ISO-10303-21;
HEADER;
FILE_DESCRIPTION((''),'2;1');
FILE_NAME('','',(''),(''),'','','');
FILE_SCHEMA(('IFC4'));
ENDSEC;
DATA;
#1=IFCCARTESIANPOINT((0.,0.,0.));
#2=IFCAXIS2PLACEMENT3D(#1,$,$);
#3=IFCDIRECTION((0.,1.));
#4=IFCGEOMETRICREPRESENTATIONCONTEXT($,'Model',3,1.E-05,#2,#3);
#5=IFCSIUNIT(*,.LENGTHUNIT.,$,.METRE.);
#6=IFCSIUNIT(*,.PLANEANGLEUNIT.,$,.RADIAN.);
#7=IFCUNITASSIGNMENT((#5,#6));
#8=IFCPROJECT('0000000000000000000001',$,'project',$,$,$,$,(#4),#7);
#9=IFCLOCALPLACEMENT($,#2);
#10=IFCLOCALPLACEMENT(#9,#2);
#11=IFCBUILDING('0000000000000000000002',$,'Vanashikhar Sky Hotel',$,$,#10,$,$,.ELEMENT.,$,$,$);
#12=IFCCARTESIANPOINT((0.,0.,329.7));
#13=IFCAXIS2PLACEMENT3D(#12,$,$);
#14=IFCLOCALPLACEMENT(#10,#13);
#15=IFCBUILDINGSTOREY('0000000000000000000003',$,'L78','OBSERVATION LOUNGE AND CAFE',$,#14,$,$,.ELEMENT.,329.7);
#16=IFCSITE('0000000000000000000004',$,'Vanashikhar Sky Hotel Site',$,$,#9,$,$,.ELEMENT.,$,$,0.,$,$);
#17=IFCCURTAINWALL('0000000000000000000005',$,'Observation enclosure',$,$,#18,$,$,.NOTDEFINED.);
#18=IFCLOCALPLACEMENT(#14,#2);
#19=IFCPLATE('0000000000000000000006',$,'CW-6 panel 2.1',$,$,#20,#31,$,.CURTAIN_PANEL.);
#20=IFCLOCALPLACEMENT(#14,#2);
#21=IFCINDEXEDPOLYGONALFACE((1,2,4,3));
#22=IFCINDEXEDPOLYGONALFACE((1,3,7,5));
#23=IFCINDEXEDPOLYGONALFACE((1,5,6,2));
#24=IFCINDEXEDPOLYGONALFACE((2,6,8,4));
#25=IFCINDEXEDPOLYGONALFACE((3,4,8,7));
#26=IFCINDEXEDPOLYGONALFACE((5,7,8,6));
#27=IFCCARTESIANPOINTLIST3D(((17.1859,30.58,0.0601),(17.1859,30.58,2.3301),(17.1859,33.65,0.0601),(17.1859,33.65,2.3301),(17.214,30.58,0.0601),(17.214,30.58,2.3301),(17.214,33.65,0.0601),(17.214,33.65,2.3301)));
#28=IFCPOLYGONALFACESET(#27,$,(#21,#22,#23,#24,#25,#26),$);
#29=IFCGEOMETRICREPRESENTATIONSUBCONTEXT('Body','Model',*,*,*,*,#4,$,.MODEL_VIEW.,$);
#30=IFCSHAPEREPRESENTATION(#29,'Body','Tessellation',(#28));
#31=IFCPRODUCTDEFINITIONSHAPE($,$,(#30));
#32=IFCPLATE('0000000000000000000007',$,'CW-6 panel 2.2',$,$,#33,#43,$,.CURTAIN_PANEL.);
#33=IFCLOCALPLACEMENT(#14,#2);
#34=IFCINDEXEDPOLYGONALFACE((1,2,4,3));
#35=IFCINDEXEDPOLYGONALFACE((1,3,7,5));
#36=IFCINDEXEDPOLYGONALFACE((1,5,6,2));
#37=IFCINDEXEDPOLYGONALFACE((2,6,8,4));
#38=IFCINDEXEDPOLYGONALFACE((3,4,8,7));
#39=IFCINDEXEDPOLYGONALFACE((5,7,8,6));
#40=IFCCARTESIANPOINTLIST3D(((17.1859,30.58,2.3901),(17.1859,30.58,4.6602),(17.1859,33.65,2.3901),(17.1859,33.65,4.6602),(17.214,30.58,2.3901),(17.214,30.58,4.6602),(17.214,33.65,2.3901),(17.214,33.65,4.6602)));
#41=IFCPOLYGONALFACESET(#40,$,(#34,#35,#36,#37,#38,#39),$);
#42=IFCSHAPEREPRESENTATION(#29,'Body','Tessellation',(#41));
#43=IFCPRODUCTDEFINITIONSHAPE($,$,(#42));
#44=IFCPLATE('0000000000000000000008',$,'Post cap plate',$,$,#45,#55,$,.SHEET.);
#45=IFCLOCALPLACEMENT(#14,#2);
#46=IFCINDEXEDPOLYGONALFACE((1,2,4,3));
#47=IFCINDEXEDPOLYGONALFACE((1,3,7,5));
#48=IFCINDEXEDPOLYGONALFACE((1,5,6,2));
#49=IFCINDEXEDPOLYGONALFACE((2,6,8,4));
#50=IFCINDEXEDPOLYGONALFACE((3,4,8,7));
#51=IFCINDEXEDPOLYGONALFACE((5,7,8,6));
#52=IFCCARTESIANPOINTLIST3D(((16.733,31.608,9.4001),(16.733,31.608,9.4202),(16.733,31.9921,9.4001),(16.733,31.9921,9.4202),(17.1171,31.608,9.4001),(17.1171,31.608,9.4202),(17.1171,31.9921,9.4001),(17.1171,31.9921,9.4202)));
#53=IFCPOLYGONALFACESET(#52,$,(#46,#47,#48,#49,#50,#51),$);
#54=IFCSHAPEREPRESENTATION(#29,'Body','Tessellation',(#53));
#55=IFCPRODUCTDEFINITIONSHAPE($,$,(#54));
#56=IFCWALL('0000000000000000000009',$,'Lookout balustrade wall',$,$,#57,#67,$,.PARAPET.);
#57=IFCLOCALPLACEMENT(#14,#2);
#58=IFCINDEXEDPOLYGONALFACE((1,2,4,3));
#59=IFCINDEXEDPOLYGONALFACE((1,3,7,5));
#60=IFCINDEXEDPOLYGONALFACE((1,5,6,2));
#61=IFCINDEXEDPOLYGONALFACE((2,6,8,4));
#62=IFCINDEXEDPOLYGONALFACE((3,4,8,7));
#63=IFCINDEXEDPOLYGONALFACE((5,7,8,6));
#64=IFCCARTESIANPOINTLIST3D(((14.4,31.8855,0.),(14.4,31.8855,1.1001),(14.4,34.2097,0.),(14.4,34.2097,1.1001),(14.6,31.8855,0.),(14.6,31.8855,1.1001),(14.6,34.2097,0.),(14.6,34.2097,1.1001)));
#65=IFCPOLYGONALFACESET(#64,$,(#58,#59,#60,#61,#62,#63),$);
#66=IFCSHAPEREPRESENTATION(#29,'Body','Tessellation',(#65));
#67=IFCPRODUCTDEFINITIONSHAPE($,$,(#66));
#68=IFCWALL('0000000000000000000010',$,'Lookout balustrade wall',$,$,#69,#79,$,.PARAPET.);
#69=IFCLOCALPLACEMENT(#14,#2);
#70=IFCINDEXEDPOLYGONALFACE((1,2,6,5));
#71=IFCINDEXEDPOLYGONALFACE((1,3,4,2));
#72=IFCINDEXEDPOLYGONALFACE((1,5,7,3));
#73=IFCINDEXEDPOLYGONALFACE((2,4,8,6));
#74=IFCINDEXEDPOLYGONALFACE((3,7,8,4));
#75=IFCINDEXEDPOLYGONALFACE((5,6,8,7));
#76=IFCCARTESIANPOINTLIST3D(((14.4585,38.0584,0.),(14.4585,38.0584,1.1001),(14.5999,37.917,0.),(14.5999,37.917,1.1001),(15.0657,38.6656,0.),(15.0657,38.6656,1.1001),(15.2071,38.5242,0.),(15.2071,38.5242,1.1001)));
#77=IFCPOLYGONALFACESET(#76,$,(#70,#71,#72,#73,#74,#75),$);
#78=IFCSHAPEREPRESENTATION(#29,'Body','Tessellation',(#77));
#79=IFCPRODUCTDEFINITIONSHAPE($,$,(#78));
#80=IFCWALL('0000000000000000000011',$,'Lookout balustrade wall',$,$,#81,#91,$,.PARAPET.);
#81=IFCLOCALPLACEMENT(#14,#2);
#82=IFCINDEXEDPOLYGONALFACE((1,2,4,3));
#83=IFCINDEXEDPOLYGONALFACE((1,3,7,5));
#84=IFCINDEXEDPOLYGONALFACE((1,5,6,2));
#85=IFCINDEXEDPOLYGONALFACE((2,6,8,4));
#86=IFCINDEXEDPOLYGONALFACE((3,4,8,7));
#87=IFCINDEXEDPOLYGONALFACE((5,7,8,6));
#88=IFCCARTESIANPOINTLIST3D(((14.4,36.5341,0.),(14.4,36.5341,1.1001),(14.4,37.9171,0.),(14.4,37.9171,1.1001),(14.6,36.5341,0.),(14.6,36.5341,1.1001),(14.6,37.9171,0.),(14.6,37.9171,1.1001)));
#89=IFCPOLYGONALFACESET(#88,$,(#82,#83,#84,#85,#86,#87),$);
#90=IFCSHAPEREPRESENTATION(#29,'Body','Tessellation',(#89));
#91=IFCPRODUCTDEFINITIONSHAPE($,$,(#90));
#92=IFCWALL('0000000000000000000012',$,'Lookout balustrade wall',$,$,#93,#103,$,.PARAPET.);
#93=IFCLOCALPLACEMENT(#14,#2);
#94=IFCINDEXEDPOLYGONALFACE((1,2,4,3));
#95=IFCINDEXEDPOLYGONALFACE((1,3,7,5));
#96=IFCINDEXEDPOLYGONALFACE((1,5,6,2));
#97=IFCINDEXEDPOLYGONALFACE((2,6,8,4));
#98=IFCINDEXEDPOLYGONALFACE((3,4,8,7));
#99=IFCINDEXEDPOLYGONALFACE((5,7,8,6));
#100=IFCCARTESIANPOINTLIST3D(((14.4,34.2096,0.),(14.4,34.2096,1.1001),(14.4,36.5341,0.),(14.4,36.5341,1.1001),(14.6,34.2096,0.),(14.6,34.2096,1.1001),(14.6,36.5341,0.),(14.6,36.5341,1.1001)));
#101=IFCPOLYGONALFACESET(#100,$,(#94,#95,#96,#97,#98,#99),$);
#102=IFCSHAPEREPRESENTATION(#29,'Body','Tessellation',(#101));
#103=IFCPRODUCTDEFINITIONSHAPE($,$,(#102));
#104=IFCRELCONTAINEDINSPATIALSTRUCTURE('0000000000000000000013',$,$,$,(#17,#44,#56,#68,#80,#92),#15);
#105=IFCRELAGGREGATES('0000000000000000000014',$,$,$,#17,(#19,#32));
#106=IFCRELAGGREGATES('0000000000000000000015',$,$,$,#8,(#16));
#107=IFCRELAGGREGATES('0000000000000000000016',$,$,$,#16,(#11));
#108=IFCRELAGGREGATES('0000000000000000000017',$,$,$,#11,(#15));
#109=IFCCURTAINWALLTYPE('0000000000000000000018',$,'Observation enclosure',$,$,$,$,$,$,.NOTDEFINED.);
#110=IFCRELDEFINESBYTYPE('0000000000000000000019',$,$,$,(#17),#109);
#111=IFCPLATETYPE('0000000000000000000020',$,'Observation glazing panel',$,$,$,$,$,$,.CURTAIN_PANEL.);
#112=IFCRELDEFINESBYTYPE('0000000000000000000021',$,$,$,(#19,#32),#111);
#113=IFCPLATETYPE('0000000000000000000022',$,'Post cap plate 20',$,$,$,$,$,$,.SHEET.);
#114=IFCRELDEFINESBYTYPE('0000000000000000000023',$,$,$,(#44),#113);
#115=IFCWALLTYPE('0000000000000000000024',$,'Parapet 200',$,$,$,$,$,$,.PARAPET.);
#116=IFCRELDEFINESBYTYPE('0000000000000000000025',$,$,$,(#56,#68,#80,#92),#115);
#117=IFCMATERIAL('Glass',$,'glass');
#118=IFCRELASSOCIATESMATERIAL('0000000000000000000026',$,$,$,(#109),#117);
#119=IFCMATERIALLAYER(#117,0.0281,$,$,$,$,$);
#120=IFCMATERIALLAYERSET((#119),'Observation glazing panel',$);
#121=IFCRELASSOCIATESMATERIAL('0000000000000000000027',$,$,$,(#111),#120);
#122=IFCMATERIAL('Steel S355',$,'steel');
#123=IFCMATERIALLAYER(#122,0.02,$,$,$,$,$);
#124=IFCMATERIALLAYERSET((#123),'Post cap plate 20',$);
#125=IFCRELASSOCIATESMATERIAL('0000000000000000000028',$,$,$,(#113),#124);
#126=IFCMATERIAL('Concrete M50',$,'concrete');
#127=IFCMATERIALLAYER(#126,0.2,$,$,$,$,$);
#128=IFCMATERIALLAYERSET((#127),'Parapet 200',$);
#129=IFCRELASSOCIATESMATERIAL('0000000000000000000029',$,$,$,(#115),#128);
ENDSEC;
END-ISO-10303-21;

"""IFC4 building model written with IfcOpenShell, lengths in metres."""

from ifc_helpers import new_model, si_unit, direction, frame, frame_2d, origin, origin_2d, place, context, subcontext, project, spatial, rectangle, extrude, source, transform, mapped, material, layer, layer_set, type_object, element, aggregate, save


model = new_model("IFC4")

# Units and contexts
model_context = context("Model", 3, precision=1e-05, world=origin(), true_north=direction((0.0, 1.0)))
body_context = subcontext(model_context, "Body", "Model", "MODEL_VIEW")
ifc_project = project(units=[si_unit("LENGTHUNIT", "METRE"), si_unit("PLANEANGLEUNIT", "RADIAN")], contexts=[model_context])

# Site, building, storey
site_placement = place(None, origin())
site = spatial("IfcSite", under=ifc_project, at=site_placement, Name="Vanashikhar Sky Hotel Site", CompositionType="ELEMENT", RefElevation=0.0)
building_placement = place(site_placement, origin())
building = spatial("IfcBuilding", under=site, at=building_placement, Name="Vanashikhar Sky Hotel", CompositionType="ELEMENT")
storey_placement = place(building_placement, frame((0.0, 0.0, 329.7)))
storey = spatial("IfcBuildingStorey", under=building, at=storey_placement, Name="L78", Description="OBSERVATION LOUNGE AND CAFE", CompositionType="ELEMENT", Elevation=329.7)

# Shared definitions
ifc_material_1 = material(Name="Steel S355", Category="steel")

# Shared definitions
ifc_material_2 = material(Name="Glass", Category="glass")
curtain_wall_type = type_object("IfcCurtainWallType", Name="Observation enclosure", PredefinedType="NOTDEFINED", material=ifc_material_2)

# Curtain wall
curtain_wall_1_placement = place(storey_placement, origin())
curtain_wall_1 = element("IfcCurtainWall", 1, at=curtain_wall_1_placement, inside=storey, type_object=curtain_wall_type, Name="Observation enclosure", PredefinedType="NOTDEFINED")

# Plates
ifc_layer_1 = layer(ifc_material_2, 0.0281)
ifc_layer_set_1 = layer_set([ifc_layer_1], Name="Observation glazing panel")
plate_type_1 = type_object("IfcPlateType", Name="Observation glazing panel", PredefinedType="CURTAIN_PANEL", material=ifc_layer_set_1)
shared_shape_1 = source(origin(), body_context, "Body", "SweptSolid", [
    extrude(rectangle(XDim=3.0701, YDim=0.0281, at=origin_2d()), origin(), (0.0, 0.0, 1.0), 2.27),
])
plate_1_placement = place(storey_placement, frame((17.2, 32.115, 0.0601), z_axis=(0.0, 0.0, 1.0), x_axis=(0.0, -1.0, 0.0)))
plate_1 = element("IfcPlate", 2, at=plate_1_placement, type_object=plate_type_1, Name="CW-6 panel 2.1", PredefinedType="CURTAIN_PANEL", context=body_context, shape_type="MappedRepresentation", body=[
    mapped(shared_shape_1, transform((0.0, 0.0, 0.0), scale=1.0)),
])
plate_2_placement = place(storey_placement, frame((17.2, 32.115, 2.3901), z_axis=(0.0, 0.0, 1.0), x_axis=(0.0, -1.0, 0.0)))
plate_2 = element("IfcPlate", 3, at=plate_2_placement, type_object=plate_type_1, Name="CW-6 panel 2.2", PredefinedType="CURTAIN_PANEL", context=body_context, shape_type="MappedRepresentation", body=[
    mapped(shared_shape_1, transform((0.0, 0.0, 0.0), scale=1.0)),
])
aggregate(curtain_wall_1, [plate_1, plate_2])
ifc_layer_2 = layer(ifc_material_1, 0.02)
ifc_layer_set_2 = layer_set([ifc_layer_2], Name="Post cap plate 20")
plate_type_2 = type_object("IfcPlateType", Name="Post cap plate 20", PredefinedType="SHEET", material=ifc_layer_set_2)
shared_shape_2 = source(origin(), body_context, "Body", "SweptSolid", [
    extrude(rectangle(XDim=0.384, YDim=0.384, at=origin_2d()), origin(), (0.0, 0.0, 1.0), 0.02),
])
plate_3_placement = place(storey_placement, frame((16.925, 31.8, 9.4001), z_axis=(0.0, 0.0, 1.0), x_axis=(1.0, 0.0, 0.0)))
element("IfcPlate", 4, at=plate_3_placement, inside=storey, type_object=plate_type_2, Name="Post cap plate", PredefinedType="SHEET", context=body_context, shape_type="MappedRepresentation", body=[
    mapped(shared_shape_2, transform((0.0, 0.0, 0.0), scale=1.0)),
])

# Walls
ifc_material_3 = material(Name="Concrete M50", Category="concrete")
ifc_layer_3 = layer(ifc_material_3, 0.2)
ifc_layer_set_3 = layer_set([ifc_layer_3], Name="Parapet 200")
wall_type = type_object("IfcWallType", Name="Parapet 200", PredefinedType="PARAPET", material=ifc_layer_set_3)
shared_shape_3 = source(origin(), body_context, "Body", "SweptSolid", [
    extrude(rectangle(XDim=2.3242, YDim=0.2, at=frame_2d((1.1621, 0.0))), origin(), (0.0, 0.0, 1.0), 1.1001),
])
wall_1_placement = place(storey_placement, frame((14.5, 31.8855, 0.0), z_axis=(0.0, 0.0, 1.0), x_axis=(0.0, 1.0, 0.0)))
element("IfcWall", 5, at=wall_1_placement, inside=storey, type_object=wall_type, Name="Lookout balustrade wall", PredefinedType="PARAPET", context=body_context, shape_type="MappedRepresentation", body=[
    mapped(shared_shape_3, transform((0.0, 0.0, 0.0), scale=1.0)),
])
shared_shape_4 = source(origin(), body_context, "Body", "SweptSolid", [
    extrude(rectangle(XDim=0.8586, YDim=0.2, at=frame_2d((0.4292, 0.0))), origin(), (0.0, 0.0, 1.0), 1.1001),
])
wall_2_placement = place(storey_placement, frame((14.5293, 37.9878, 0.0), z_axis=(0.0, 0.0, 1.0), x_axis=(0.707107, 0.707107, 0.0)))
element("IfcWall", 6, at=wall_2_placement, inside=storey, type_object=wall_type, Name="Lookout balustrade wall", PredefinedType="PARAPET", context=body_context, shape_type="MappedRepresentation", body=[
    mapped(shared_shape_4, transform((0.0, 0.0, 0.0), scale=1.0)),
])
shared_shape_5 = source(origin(), body_context, "Body", "SweptSolid", [
    extrude(rectangle(XDim=1.3831, YDim=0.2, at=frame_2d((0.6914, 0.0))), origin(), (0.0, 0.0, 1.0), 1.1001),
])
wall_3_placement = place(storey_placement, frame((14.5, 36.5342, 0.0), z_axis=(0.0, 0.0, 1.0), x_axis=(0.0, 1.0, 0.0)))
element("IfcWall", 7, at=wall_3_placement, inside=storey, type_object=wall_type, Name="Lookout balustrade wall", PredefinedType="PARAPET", context=body_context, shape_type="MappedRepresentation", body=[
    mapped(shared_shape_5, transform((0.0, 0.0, 0.0), scale=1.0)),
])
shared_shape_6 = source(origin(), body_context, "Body", "SweptSolid", [
    extrude(rectangle(XDim=2.3245, YDim=0.2, at=frame_2d((1.1621, 0.0))), origin(), (0.0, 0.0, 1.0), 1.1001),
])
wall_4_placement = place(storey_placement, frame((14.5, 34.2097, 0.0), z_axis=(0.0, 0.0, 1.0), x_axis=(0.0, 1.0, 0.0)))
element("IfcWall", 8, at=wall_4_placement, inside=storey, type_object=wall_type, Name="Lookout balustrade wall", PredefinedType="PARAPET", context=body_context, shape_type="MappedRepresentation", body=[
    mapped(shared_shape_6, transform((0.0, 0.0, 0.0), scale=1.0)),
])

save(model, "model.ifc")
